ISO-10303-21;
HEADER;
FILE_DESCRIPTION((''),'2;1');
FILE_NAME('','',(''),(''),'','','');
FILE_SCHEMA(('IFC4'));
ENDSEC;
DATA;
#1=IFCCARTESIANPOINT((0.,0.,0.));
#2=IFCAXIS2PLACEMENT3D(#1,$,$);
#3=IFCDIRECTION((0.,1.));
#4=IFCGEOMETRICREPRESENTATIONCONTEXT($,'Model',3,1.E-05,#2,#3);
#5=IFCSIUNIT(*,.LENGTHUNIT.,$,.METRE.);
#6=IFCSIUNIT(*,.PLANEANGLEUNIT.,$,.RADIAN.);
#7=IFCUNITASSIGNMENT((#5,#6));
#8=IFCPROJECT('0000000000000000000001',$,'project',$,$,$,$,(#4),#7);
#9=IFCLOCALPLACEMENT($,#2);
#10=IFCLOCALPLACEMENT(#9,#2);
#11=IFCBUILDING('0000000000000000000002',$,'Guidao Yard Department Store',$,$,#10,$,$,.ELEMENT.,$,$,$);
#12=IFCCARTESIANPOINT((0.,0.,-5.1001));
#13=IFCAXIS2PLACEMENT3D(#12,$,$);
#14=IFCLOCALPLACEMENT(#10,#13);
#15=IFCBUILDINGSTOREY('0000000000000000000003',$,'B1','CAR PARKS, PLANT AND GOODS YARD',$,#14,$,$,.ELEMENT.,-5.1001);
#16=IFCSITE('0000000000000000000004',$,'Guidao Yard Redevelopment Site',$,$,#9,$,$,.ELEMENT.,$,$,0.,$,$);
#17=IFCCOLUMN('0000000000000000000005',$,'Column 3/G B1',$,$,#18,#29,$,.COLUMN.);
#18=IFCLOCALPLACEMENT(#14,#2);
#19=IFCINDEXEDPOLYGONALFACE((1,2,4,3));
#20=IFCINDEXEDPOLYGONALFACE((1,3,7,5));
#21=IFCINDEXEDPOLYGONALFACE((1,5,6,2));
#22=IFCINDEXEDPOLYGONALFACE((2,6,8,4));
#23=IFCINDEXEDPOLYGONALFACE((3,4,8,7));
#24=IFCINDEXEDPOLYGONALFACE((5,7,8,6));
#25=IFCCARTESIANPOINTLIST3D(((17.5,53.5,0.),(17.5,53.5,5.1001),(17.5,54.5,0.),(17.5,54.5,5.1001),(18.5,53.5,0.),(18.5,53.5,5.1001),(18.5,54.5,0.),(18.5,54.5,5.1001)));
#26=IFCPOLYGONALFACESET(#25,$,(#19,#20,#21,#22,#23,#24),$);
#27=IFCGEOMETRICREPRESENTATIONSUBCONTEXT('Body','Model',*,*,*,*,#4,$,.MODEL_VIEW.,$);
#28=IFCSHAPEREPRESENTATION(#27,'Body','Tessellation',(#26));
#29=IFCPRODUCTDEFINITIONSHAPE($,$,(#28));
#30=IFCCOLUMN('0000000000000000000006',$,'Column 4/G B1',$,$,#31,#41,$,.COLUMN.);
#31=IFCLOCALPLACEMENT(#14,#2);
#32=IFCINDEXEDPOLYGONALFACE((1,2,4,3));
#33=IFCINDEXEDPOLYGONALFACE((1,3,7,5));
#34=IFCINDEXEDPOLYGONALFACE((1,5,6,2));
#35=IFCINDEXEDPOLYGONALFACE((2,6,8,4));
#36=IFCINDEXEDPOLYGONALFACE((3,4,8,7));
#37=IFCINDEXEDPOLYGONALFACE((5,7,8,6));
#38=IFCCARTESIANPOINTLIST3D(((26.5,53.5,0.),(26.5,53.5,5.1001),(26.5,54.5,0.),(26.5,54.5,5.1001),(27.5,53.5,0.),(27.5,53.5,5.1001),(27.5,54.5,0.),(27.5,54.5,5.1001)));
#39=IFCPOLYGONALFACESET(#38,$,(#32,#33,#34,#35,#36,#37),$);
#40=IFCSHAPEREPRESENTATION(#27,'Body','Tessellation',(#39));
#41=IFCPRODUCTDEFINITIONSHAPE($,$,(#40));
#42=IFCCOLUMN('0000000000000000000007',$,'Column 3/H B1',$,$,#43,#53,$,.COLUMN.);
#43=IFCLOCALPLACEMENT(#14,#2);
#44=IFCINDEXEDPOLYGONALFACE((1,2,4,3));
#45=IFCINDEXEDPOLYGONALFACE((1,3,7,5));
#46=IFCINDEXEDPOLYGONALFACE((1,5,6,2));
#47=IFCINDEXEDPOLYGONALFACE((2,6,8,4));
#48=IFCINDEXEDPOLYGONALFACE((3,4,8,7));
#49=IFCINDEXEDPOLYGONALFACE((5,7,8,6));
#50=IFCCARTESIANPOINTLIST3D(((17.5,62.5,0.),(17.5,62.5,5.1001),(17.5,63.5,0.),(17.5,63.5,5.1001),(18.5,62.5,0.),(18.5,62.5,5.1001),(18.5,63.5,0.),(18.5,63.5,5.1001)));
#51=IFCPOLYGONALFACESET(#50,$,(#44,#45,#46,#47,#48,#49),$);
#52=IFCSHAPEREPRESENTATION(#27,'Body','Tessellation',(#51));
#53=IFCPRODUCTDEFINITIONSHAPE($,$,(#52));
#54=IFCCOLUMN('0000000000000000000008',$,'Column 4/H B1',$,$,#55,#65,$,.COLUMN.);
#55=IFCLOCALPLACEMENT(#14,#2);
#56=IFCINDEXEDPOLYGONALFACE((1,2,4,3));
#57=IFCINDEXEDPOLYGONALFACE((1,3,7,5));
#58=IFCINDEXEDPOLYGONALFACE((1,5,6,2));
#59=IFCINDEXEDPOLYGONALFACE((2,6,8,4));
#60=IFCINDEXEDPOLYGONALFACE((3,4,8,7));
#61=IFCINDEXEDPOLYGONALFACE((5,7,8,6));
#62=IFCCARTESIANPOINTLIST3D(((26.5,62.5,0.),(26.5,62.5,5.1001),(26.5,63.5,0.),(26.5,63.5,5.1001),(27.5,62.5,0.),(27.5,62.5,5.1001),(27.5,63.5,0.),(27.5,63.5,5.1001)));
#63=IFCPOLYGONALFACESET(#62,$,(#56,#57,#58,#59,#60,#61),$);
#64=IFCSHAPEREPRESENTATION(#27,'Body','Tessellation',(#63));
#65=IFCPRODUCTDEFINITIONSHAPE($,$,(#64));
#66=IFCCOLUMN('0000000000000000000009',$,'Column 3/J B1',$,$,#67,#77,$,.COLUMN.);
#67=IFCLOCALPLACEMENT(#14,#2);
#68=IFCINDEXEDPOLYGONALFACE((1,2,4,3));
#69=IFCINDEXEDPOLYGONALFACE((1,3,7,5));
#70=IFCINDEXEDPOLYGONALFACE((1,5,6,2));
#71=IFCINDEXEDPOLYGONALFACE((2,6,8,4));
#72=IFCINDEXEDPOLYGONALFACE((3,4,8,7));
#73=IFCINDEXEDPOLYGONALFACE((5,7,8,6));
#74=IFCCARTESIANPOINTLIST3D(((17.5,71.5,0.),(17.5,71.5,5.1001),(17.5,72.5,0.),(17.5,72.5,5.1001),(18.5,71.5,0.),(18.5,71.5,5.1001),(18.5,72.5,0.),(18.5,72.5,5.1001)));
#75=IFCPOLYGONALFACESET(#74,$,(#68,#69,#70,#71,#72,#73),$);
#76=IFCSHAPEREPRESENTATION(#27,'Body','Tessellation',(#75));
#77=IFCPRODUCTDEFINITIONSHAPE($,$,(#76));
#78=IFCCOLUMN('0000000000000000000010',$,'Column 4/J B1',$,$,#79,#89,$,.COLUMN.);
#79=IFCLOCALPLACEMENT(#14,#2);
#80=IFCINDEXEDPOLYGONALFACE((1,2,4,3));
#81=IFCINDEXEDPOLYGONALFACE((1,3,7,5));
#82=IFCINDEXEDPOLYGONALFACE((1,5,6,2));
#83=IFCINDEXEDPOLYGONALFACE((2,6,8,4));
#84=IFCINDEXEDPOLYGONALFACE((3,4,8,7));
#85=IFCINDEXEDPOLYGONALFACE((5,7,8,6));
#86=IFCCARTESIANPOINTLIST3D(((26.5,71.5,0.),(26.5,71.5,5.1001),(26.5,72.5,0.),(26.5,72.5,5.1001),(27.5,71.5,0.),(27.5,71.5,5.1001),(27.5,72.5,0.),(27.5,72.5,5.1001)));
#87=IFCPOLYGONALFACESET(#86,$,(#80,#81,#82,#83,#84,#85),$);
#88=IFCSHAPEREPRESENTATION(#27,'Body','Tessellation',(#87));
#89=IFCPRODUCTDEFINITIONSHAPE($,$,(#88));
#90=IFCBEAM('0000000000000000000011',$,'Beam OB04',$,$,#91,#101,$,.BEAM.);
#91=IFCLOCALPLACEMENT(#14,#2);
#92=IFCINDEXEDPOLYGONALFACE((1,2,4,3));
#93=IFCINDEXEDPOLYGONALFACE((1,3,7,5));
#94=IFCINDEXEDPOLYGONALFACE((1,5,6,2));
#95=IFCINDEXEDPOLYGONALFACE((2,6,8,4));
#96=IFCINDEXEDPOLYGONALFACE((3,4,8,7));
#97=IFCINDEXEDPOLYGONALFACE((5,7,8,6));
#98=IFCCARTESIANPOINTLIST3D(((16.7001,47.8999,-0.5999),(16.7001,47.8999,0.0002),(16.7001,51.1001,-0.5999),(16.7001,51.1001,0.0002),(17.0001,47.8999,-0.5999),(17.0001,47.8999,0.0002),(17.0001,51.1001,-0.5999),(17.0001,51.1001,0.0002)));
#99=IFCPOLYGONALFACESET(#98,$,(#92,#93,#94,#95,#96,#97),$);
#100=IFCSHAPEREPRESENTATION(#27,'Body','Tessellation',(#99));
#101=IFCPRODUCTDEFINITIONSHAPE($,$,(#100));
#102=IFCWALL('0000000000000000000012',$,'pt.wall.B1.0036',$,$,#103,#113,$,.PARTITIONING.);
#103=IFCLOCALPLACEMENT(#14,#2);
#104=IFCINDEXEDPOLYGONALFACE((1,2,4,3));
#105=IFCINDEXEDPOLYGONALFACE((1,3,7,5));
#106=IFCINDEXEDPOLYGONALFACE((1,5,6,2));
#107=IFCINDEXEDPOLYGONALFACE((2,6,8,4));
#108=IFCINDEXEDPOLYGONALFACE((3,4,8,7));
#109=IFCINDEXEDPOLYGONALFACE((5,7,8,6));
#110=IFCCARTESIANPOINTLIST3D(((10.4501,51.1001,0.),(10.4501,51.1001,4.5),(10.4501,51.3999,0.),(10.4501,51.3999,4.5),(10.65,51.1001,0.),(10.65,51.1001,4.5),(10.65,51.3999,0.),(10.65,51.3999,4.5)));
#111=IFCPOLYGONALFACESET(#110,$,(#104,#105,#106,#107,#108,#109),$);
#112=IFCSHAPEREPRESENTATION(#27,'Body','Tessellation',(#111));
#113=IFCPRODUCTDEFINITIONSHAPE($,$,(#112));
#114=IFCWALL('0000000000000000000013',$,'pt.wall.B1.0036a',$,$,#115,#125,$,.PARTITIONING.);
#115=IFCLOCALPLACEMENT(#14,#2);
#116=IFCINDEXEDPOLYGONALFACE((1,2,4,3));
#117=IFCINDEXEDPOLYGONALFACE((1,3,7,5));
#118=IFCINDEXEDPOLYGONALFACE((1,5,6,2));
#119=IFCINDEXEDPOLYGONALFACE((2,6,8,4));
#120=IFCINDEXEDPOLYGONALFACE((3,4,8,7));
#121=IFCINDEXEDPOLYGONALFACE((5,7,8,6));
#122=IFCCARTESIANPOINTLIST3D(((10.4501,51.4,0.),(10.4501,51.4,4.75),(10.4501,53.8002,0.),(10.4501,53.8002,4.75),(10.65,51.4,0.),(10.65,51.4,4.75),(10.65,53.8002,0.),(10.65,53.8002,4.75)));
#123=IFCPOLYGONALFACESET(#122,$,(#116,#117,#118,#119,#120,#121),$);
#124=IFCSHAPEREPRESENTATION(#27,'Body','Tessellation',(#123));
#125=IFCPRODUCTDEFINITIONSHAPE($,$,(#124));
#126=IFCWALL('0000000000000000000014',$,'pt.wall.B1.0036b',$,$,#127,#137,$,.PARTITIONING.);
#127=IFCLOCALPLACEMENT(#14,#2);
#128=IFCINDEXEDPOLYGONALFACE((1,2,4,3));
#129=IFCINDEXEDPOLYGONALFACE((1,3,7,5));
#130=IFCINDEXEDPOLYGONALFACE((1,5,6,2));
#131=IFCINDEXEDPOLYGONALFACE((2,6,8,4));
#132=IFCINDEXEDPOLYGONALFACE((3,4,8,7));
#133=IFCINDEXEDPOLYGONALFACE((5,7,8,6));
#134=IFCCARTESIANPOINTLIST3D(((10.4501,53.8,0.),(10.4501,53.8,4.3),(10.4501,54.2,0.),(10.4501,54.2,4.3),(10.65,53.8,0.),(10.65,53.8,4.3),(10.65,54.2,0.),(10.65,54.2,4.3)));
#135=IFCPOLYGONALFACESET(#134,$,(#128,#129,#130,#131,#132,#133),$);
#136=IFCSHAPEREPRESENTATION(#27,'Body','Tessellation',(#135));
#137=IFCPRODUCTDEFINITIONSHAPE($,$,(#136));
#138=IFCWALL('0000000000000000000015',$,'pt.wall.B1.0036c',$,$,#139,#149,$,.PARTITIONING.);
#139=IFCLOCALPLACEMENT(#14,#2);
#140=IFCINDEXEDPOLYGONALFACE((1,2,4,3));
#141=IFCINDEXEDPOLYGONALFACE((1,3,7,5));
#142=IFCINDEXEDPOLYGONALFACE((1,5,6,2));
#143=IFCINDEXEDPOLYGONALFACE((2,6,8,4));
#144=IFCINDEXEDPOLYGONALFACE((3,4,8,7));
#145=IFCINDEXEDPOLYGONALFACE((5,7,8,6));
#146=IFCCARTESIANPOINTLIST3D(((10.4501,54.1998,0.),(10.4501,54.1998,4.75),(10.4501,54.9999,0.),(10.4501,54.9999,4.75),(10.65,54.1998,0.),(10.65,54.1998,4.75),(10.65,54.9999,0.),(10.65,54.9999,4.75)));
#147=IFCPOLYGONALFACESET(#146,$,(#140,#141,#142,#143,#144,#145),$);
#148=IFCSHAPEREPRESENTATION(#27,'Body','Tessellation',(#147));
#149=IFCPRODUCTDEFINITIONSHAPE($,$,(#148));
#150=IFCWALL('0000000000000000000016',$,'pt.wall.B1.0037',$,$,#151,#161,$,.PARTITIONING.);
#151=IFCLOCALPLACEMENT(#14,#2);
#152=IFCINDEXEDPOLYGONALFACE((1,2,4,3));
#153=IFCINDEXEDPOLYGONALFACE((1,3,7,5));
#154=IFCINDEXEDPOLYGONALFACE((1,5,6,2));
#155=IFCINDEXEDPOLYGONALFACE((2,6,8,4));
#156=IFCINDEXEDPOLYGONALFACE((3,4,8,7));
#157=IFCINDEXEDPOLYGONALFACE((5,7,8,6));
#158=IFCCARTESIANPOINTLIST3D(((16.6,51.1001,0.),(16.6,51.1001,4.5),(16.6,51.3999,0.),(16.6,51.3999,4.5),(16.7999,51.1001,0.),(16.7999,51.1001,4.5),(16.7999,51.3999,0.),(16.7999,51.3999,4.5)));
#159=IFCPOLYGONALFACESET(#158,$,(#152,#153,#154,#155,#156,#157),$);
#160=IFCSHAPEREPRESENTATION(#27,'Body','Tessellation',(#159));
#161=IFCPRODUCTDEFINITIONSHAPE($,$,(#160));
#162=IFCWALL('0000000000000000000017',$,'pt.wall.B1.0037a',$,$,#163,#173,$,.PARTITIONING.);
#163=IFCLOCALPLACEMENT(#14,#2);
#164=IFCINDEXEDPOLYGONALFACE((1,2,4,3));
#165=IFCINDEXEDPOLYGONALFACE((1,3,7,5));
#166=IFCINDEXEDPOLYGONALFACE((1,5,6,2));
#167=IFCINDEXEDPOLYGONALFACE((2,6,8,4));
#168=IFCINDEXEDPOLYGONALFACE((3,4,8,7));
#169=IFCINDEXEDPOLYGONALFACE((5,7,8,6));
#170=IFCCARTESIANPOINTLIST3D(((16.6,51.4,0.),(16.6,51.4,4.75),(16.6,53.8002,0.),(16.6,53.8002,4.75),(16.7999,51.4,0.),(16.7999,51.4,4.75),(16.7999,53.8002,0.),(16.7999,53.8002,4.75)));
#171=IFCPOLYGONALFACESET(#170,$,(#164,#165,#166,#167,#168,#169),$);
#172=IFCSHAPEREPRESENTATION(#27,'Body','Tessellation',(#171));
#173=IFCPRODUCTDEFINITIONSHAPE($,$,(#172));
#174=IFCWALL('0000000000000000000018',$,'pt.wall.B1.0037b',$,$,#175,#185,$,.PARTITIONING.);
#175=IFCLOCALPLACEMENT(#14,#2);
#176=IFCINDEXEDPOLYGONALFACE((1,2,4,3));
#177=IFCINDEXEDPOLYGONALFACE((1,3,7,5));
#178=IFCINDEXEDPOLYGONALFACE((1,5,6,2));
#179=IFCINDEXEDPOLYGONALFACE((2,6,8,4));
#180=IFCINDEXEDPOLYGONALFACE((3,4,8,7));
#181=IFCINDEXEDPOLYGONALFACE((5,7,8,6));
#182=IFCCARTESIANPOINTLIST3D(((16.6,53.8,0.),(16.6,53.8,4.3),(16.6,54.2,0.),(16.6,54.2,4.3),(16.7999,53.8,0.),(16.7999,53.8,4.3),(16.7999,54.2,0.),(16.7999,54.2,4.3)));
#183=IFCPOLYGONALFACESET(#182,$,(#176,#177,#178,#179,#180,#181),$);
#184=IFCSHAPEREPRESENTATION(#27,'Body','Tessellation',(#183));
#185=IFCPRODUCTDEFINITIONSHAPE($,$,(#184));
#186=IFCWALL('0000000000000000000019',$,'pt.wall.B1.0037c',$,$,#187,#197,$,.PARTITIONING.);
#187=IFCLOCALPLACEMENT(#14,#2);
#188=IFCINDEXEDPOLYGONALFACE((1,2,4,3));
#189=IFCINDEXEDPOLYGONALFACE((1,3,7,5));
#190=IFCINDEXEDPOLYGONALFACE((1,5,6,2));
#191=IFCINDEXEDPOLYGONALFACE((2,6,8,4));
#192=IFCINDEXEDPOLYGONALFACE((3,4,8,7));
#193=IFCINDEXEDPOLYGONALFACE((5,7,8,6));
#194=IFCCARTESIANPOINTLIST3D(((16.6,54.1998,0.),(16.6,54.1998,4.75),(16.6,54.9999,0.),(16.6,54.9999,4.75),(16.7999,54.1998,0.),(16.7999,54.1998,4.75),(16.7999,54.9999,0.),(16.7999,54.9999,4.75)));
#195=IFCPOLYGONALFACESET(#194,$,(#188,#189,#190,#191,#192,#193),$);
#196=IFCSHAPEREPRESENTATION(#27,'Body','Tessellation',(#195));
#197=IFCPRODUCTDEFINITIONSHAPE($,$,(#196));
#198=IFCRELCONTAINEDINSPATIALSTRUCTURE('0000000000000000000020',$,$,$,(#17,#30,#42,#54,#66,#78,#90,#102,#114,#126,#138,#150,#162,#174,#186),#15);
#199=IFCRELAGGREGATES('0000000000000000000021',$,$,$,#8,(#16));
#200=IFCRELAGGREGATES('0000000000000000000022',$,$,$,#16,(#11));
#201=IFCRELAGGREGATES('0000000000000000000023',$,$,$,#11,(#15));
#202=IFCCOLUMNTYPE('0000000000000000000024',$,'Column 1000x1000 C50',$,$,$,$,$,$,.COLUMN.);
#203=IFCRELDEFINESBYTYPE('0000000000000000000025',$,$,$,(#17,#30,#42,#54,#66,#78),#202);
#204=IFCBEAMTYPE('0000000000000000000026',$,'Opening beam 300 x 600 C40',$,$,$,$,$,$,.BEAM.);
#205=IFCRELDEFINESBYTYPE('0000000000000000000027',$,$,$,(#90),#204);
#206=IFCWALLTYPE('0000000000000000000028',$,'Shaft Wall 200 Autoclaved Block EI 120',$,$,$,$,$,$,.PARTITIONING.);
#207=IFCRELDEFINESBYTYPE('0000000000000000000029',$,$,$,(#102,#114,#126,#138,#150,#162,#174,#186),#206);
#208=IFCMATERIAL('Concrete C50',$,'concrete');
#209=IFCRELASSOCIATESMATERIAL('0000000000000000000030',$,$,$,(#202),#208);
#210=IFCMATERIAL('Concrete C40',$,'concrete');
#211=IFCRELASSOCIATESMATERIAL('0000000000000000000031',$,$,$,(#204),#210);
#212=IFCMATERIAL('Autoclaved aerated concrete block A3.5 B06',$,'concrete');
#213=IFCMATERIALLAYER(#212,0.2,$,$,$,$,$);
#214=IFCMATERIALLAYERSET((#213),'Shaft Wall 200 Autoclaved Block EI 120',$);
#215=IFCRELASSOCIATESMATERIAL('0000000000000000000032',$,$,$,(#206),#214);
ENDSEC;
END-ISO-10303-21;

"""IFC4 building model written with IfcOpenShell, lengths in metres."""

from ifc_helpers import new_model, si_unit, direction, frame, frame_2d, origin, origin_2d, place, context, subcontext, project, spatial, rectangle, extrude, material, layer, layer_set, material_profile, profile_set, type_object, element, save


model = new_model("IFC4")

# Units and contexts
model_context = context("Model", 3, precision=1e-05, world=origin(), true_north=direction((0.0, 1.0)))
body_context = subcontext(model_context, "Body", "Model", "MODEL_VIEW")
ifc_project = project(units=[si_unit("LENGTHUNIT", "METRE"), si_unit("PLANEANGLEUNIT", "RADIAN")], contexts=[model_context])

# Site, building, storey
site_placement = place(None, origin())
site = spatial("IfcSite", under=ifc_project, at=site_placement, Name="Guidao Yard Redevelopment Site", CompositionType="ELEMENT", RefElevation=0.0)
building_placement = place(site_placement, origin())
building = spatial("IfcBuilding", under=site, at=building_placement, Name="Guidao Yard Department Store", CompositionType="ELEMENT")
storey_placement = place(building_placement, frame((0.0, 0.0, -5.1001)))
storey = spatial("IfcBuildingStorey", under=building, at=storey_placement, Name="B1", Description="CAR PARKS, PLANT AND GOODS YARD", CompositionType="ELEMENT", Elevation=-5.1001)

# Columns
ifc_material_1 = material(Name="Concrete C50", Category="concrete")
ifc_material_profile_1 = material_profile(ifc_material_1, rectangle(XDim=1.0, YDim=1.0, at=origin_2d()), Name="COL 1000x1000")
ifc_profile_set_1 = profile_set([ifc_material_profile_1], Name="Concrete C50")
column_type = type_object("IfcColumnType", Name="Column 1000x1000 C50", PredefinedType="COLUMN", material=ifc_profile_set_1)
for number, where, z_axis, x_axis, name in (
    (1, (18.0, 54.0, 0.0), (0.0, 0.0, 1.0), (1.0, 0.0, 0.0), "Column 3/G B1"),
    (2, (27.0, 54.0, 0.0), (0.0, 0.0, 1.0), (1.0, 0.0, 0.0), "Column 4/G B1"),
    (3, (18.0, 63.0, 0.0), (0.0, 0.0, 1.0), (1.0, 0.0, 0.0), "Column 3/H B1"),
    (4, (27.0, 63.0, 0.0), (0.0, 0.0, 1.0), (1.0, 0.0, 0.0), "Column 4/H B1"),
    (5, (18.0, 72.0, 0.0), (0.0, 0.0, 1.0), (1.0, 0.0, 0.0), "Column 3/J B1"),
    (6, (27.0, 72.0, 0.0), (0.0, 0.0, 1.0), (1.0, 0.0, 0.0), "Column 4/J B1"),
):
    element("IfcColumn", number, at=place(storey_placement, frame(where, z_axis=z_axis, x_axis=x_axis)), inside=storey, type_object=column_type, Name=name, PredefinedType="COLUMN", context=body_context, shape_type="SweptSolid", body=[
        extrude(rectangle(XDim=1.0, YDim=1.0, at=origin_2d()), origin(), (0.0, 0.0, 1.0), 5.1001),
    ])

# Beam
ifc_material_2 = material(Name="Concrete C40", Category="concrete")
ifc_material_profile_2 = material_profile(ifc_material_2, rectangle(XDim=0.3, YDim=0.6001, at=origin_2d()), Name="Opening beam 300 x 600 C40")
ifc_profile_set_2 = profile_set([ifc_material_profile_2], Name="Concrete C40")
beam_type = type_object("IfcBeamType", Name="Opening beam 300 x 600 C40", PredefinedType="BEAM", material=ifc_profile_set_2)
beam_placement = place(storey_placement, frame((16.8501, 47.8999, -0.2998), z_axis=(0.0, 1.0, 0.0), x_axis=(-1.0, 0.0, 0.0)))
element("IfcBeam", 7, at=beam_placement, inside=storey, type_object=beam_type, Name="Beam OB04", PredefinedType="BEAM", context=body_context, shape_type="SweptSolid", body=[
    extrude(rectangle(XDim=0.3, YDim=0.6001, at=origin_2d()), origin(), (0.0, 0.0, 1.0), 3.2002),
])

# Walls
ifc_material_3 = material(Name="Autoclaved aerated concrete block A3.5 B06", Category="concrete")
ifc_layer_1 = layer(ifc_material_3, 0.2)
ifc_layer_set_1 = layer_set([ifc_layer_1], Name="Shaft Wall 200 Autoclaved Block EI 120")
wall_type_1 = type_object("IfcWallType", Name="Shaft Wall 200 Autoclaved Block EI 120", PredefinedType="PARTITIONING", material=ifc_layer_set_1)
wall_1_placement = place(storey_placement, frame((10.55, 51.1001, 0.0), z_axis=(0.0, 0.0, 1.0), x_axis=(0.0, 1.0, 0.0)))
element("IfcWall", 8, at=wall_1_placement, inside=storey, type_object=wall_type_1, Name="pt.wall.B1.0036", PredefinedType="PARTITIONING", context=body_context, shape_type="SweptSolid", body=[
    extrude(rectangle(XDim=0.2998, YDim=0.2, at=frame_2d((0.1499, 0.0))), origin(), (0.0, 0.0, 1.0), 4.5),
])
wall_2_placement = place(storey_placement, frame((10.55, 51.3999, 0.0), z_axis=(0.0, 0.0, 1.0), x_axis=(0.0, 1.0, 0.0)))
element("IfcWall", 9, at=wall_2_placement, inside=storey, type_object=wall_type_1, Name="pt.wall.B1.0036a", PredefinedType="PARTITIONING", context=body_context, shape_type="SweptSolid", body=[
    extrude(rectangle(XDim=2.4001, YDim=0.2, at=frame_2d((1.2002, 0.0))), origin(), (0.0, 0.0, 1.0), 4.75),
])
wall_3_placement = place(storey_placement, frame((10.55, 53.8, 0.0), z_axis=(0.0, 0.0, 1.0), x_axis=(0.0, 1.0, 0.0)))
element("IfcWall", 10, at=wall_3_placement, inside=storey, type_object=wall_type_1, Name="pt.wall.B1.0036b", PredefinedType="PARTITIONING", context=body_context, shape_type="SweptSolid", body=[
    extrude(rectangle(XDim=0.3999, YDim=0.2, at=frame_2d((0.2, 0.0))), origin(), (0.0, 0.0, 1.0), 4.3),
])
wall_4_placement = place(storey_placement, frame((10.55, 54.2, 0.0), z_axis=(0.0, 0.0, 1.0), x_axis=(0.0, 1.0, 0.0)))
element("IfcWall", 11, at=wall_4_placement, inside=storey, type_object=wall_type_1, Name="pt.wall.B1.0036c", PredefinedType="PARTITIONING", context=body_context, shape_type="SweptSolid", body=[
    extrude(rectangle(XDim=0.8, YDim=0.2, at=frame_2d((0.3999, 0.0))), origin(), (0.0, 0.0, 1.0), 4.75),
])
wall_5_placement = place(storey_placement, frame((16.7, 51.1001, 0.0), z_axis=(0.0, 0.0, 1.0), x_axis=(0.0, 1.0, 0.0)))
element("IfcWall", 12, at=wall_5_placement, inside=storey, type_object=wall_type_1, Name="pt.wall.B1.0037", PredefinedType="PARTITIONING", context=body_context, shape_type="SweptSolid", body=[
    extrude(rectangle(XDim=0.2998, YDim=0.2, at=frame_2d((0.1499, 0.0))), origin(), (0.0, 0.0, 1.0), 4.5),
])
wall_6_placement = place(storey_placement, frame((16.7, 51.3999, 0.0), z_axis=(0.0, 0.0, 1.0), x_axis=(0.0, 1.0, 0.0)))
element("IfcWall", 13, at=wall_6_placement, inside=storey, type_object=wall_type_1, Name="pt.wall.B1.0037a", PredefinedType="PARTITIONING", context=body_context, shape_type="SweptSolid", body=[
    extrude(rectangle(XDim=2.4001, YDim=0.2, at=frame_2d((1.2002, 0.0))), origin(), (0.0, 0.0, 1.0), 4.75),
])
wall_7_placement = place(storey_placement, frame((16.7, 53.8, 0.0), z_axis=(0.0, 0.0, 1.0), x_axis=(0.0, 1.0, 0.0)))
element("IfcWall", 14, at=wall_7_placement, inside=storey, type_object=wall_type_1, Name="pt.wall.B1.0037b", PredefinedType="PARTITIONING", context=body_context, shape_type="SweptSolid", body=[
    extrude(rectangle(XDim=0.3999, YDim=0.2, at=frame_2d((0.2, 0.0))), origin(), (0.0, 0.0, 1.0), 4.3),
])
wall_8_placement = place(storey_placement, frame((16.7, 54.2, 0.0), z_axis=(0.0, 0.0, 1.0), x_axis=(0.0, 1.0, 0.0)))
element("IfcWall", 15, at=wall_8_placement, inside=storey, type_object=wall_type_1, Name="pt.wall.B1.0037c", PredefinedType="PARTITIONING", context=body_context, shape_type="SweptSolid", body=[
    extrude(rectangle(XDim=0.8, YDim=0.2, at=frame_2d((0.3999, 0.0))), origin(), (0.0, 0.0, 1.0), 4.75),
])

save(model, "model.ifc")
